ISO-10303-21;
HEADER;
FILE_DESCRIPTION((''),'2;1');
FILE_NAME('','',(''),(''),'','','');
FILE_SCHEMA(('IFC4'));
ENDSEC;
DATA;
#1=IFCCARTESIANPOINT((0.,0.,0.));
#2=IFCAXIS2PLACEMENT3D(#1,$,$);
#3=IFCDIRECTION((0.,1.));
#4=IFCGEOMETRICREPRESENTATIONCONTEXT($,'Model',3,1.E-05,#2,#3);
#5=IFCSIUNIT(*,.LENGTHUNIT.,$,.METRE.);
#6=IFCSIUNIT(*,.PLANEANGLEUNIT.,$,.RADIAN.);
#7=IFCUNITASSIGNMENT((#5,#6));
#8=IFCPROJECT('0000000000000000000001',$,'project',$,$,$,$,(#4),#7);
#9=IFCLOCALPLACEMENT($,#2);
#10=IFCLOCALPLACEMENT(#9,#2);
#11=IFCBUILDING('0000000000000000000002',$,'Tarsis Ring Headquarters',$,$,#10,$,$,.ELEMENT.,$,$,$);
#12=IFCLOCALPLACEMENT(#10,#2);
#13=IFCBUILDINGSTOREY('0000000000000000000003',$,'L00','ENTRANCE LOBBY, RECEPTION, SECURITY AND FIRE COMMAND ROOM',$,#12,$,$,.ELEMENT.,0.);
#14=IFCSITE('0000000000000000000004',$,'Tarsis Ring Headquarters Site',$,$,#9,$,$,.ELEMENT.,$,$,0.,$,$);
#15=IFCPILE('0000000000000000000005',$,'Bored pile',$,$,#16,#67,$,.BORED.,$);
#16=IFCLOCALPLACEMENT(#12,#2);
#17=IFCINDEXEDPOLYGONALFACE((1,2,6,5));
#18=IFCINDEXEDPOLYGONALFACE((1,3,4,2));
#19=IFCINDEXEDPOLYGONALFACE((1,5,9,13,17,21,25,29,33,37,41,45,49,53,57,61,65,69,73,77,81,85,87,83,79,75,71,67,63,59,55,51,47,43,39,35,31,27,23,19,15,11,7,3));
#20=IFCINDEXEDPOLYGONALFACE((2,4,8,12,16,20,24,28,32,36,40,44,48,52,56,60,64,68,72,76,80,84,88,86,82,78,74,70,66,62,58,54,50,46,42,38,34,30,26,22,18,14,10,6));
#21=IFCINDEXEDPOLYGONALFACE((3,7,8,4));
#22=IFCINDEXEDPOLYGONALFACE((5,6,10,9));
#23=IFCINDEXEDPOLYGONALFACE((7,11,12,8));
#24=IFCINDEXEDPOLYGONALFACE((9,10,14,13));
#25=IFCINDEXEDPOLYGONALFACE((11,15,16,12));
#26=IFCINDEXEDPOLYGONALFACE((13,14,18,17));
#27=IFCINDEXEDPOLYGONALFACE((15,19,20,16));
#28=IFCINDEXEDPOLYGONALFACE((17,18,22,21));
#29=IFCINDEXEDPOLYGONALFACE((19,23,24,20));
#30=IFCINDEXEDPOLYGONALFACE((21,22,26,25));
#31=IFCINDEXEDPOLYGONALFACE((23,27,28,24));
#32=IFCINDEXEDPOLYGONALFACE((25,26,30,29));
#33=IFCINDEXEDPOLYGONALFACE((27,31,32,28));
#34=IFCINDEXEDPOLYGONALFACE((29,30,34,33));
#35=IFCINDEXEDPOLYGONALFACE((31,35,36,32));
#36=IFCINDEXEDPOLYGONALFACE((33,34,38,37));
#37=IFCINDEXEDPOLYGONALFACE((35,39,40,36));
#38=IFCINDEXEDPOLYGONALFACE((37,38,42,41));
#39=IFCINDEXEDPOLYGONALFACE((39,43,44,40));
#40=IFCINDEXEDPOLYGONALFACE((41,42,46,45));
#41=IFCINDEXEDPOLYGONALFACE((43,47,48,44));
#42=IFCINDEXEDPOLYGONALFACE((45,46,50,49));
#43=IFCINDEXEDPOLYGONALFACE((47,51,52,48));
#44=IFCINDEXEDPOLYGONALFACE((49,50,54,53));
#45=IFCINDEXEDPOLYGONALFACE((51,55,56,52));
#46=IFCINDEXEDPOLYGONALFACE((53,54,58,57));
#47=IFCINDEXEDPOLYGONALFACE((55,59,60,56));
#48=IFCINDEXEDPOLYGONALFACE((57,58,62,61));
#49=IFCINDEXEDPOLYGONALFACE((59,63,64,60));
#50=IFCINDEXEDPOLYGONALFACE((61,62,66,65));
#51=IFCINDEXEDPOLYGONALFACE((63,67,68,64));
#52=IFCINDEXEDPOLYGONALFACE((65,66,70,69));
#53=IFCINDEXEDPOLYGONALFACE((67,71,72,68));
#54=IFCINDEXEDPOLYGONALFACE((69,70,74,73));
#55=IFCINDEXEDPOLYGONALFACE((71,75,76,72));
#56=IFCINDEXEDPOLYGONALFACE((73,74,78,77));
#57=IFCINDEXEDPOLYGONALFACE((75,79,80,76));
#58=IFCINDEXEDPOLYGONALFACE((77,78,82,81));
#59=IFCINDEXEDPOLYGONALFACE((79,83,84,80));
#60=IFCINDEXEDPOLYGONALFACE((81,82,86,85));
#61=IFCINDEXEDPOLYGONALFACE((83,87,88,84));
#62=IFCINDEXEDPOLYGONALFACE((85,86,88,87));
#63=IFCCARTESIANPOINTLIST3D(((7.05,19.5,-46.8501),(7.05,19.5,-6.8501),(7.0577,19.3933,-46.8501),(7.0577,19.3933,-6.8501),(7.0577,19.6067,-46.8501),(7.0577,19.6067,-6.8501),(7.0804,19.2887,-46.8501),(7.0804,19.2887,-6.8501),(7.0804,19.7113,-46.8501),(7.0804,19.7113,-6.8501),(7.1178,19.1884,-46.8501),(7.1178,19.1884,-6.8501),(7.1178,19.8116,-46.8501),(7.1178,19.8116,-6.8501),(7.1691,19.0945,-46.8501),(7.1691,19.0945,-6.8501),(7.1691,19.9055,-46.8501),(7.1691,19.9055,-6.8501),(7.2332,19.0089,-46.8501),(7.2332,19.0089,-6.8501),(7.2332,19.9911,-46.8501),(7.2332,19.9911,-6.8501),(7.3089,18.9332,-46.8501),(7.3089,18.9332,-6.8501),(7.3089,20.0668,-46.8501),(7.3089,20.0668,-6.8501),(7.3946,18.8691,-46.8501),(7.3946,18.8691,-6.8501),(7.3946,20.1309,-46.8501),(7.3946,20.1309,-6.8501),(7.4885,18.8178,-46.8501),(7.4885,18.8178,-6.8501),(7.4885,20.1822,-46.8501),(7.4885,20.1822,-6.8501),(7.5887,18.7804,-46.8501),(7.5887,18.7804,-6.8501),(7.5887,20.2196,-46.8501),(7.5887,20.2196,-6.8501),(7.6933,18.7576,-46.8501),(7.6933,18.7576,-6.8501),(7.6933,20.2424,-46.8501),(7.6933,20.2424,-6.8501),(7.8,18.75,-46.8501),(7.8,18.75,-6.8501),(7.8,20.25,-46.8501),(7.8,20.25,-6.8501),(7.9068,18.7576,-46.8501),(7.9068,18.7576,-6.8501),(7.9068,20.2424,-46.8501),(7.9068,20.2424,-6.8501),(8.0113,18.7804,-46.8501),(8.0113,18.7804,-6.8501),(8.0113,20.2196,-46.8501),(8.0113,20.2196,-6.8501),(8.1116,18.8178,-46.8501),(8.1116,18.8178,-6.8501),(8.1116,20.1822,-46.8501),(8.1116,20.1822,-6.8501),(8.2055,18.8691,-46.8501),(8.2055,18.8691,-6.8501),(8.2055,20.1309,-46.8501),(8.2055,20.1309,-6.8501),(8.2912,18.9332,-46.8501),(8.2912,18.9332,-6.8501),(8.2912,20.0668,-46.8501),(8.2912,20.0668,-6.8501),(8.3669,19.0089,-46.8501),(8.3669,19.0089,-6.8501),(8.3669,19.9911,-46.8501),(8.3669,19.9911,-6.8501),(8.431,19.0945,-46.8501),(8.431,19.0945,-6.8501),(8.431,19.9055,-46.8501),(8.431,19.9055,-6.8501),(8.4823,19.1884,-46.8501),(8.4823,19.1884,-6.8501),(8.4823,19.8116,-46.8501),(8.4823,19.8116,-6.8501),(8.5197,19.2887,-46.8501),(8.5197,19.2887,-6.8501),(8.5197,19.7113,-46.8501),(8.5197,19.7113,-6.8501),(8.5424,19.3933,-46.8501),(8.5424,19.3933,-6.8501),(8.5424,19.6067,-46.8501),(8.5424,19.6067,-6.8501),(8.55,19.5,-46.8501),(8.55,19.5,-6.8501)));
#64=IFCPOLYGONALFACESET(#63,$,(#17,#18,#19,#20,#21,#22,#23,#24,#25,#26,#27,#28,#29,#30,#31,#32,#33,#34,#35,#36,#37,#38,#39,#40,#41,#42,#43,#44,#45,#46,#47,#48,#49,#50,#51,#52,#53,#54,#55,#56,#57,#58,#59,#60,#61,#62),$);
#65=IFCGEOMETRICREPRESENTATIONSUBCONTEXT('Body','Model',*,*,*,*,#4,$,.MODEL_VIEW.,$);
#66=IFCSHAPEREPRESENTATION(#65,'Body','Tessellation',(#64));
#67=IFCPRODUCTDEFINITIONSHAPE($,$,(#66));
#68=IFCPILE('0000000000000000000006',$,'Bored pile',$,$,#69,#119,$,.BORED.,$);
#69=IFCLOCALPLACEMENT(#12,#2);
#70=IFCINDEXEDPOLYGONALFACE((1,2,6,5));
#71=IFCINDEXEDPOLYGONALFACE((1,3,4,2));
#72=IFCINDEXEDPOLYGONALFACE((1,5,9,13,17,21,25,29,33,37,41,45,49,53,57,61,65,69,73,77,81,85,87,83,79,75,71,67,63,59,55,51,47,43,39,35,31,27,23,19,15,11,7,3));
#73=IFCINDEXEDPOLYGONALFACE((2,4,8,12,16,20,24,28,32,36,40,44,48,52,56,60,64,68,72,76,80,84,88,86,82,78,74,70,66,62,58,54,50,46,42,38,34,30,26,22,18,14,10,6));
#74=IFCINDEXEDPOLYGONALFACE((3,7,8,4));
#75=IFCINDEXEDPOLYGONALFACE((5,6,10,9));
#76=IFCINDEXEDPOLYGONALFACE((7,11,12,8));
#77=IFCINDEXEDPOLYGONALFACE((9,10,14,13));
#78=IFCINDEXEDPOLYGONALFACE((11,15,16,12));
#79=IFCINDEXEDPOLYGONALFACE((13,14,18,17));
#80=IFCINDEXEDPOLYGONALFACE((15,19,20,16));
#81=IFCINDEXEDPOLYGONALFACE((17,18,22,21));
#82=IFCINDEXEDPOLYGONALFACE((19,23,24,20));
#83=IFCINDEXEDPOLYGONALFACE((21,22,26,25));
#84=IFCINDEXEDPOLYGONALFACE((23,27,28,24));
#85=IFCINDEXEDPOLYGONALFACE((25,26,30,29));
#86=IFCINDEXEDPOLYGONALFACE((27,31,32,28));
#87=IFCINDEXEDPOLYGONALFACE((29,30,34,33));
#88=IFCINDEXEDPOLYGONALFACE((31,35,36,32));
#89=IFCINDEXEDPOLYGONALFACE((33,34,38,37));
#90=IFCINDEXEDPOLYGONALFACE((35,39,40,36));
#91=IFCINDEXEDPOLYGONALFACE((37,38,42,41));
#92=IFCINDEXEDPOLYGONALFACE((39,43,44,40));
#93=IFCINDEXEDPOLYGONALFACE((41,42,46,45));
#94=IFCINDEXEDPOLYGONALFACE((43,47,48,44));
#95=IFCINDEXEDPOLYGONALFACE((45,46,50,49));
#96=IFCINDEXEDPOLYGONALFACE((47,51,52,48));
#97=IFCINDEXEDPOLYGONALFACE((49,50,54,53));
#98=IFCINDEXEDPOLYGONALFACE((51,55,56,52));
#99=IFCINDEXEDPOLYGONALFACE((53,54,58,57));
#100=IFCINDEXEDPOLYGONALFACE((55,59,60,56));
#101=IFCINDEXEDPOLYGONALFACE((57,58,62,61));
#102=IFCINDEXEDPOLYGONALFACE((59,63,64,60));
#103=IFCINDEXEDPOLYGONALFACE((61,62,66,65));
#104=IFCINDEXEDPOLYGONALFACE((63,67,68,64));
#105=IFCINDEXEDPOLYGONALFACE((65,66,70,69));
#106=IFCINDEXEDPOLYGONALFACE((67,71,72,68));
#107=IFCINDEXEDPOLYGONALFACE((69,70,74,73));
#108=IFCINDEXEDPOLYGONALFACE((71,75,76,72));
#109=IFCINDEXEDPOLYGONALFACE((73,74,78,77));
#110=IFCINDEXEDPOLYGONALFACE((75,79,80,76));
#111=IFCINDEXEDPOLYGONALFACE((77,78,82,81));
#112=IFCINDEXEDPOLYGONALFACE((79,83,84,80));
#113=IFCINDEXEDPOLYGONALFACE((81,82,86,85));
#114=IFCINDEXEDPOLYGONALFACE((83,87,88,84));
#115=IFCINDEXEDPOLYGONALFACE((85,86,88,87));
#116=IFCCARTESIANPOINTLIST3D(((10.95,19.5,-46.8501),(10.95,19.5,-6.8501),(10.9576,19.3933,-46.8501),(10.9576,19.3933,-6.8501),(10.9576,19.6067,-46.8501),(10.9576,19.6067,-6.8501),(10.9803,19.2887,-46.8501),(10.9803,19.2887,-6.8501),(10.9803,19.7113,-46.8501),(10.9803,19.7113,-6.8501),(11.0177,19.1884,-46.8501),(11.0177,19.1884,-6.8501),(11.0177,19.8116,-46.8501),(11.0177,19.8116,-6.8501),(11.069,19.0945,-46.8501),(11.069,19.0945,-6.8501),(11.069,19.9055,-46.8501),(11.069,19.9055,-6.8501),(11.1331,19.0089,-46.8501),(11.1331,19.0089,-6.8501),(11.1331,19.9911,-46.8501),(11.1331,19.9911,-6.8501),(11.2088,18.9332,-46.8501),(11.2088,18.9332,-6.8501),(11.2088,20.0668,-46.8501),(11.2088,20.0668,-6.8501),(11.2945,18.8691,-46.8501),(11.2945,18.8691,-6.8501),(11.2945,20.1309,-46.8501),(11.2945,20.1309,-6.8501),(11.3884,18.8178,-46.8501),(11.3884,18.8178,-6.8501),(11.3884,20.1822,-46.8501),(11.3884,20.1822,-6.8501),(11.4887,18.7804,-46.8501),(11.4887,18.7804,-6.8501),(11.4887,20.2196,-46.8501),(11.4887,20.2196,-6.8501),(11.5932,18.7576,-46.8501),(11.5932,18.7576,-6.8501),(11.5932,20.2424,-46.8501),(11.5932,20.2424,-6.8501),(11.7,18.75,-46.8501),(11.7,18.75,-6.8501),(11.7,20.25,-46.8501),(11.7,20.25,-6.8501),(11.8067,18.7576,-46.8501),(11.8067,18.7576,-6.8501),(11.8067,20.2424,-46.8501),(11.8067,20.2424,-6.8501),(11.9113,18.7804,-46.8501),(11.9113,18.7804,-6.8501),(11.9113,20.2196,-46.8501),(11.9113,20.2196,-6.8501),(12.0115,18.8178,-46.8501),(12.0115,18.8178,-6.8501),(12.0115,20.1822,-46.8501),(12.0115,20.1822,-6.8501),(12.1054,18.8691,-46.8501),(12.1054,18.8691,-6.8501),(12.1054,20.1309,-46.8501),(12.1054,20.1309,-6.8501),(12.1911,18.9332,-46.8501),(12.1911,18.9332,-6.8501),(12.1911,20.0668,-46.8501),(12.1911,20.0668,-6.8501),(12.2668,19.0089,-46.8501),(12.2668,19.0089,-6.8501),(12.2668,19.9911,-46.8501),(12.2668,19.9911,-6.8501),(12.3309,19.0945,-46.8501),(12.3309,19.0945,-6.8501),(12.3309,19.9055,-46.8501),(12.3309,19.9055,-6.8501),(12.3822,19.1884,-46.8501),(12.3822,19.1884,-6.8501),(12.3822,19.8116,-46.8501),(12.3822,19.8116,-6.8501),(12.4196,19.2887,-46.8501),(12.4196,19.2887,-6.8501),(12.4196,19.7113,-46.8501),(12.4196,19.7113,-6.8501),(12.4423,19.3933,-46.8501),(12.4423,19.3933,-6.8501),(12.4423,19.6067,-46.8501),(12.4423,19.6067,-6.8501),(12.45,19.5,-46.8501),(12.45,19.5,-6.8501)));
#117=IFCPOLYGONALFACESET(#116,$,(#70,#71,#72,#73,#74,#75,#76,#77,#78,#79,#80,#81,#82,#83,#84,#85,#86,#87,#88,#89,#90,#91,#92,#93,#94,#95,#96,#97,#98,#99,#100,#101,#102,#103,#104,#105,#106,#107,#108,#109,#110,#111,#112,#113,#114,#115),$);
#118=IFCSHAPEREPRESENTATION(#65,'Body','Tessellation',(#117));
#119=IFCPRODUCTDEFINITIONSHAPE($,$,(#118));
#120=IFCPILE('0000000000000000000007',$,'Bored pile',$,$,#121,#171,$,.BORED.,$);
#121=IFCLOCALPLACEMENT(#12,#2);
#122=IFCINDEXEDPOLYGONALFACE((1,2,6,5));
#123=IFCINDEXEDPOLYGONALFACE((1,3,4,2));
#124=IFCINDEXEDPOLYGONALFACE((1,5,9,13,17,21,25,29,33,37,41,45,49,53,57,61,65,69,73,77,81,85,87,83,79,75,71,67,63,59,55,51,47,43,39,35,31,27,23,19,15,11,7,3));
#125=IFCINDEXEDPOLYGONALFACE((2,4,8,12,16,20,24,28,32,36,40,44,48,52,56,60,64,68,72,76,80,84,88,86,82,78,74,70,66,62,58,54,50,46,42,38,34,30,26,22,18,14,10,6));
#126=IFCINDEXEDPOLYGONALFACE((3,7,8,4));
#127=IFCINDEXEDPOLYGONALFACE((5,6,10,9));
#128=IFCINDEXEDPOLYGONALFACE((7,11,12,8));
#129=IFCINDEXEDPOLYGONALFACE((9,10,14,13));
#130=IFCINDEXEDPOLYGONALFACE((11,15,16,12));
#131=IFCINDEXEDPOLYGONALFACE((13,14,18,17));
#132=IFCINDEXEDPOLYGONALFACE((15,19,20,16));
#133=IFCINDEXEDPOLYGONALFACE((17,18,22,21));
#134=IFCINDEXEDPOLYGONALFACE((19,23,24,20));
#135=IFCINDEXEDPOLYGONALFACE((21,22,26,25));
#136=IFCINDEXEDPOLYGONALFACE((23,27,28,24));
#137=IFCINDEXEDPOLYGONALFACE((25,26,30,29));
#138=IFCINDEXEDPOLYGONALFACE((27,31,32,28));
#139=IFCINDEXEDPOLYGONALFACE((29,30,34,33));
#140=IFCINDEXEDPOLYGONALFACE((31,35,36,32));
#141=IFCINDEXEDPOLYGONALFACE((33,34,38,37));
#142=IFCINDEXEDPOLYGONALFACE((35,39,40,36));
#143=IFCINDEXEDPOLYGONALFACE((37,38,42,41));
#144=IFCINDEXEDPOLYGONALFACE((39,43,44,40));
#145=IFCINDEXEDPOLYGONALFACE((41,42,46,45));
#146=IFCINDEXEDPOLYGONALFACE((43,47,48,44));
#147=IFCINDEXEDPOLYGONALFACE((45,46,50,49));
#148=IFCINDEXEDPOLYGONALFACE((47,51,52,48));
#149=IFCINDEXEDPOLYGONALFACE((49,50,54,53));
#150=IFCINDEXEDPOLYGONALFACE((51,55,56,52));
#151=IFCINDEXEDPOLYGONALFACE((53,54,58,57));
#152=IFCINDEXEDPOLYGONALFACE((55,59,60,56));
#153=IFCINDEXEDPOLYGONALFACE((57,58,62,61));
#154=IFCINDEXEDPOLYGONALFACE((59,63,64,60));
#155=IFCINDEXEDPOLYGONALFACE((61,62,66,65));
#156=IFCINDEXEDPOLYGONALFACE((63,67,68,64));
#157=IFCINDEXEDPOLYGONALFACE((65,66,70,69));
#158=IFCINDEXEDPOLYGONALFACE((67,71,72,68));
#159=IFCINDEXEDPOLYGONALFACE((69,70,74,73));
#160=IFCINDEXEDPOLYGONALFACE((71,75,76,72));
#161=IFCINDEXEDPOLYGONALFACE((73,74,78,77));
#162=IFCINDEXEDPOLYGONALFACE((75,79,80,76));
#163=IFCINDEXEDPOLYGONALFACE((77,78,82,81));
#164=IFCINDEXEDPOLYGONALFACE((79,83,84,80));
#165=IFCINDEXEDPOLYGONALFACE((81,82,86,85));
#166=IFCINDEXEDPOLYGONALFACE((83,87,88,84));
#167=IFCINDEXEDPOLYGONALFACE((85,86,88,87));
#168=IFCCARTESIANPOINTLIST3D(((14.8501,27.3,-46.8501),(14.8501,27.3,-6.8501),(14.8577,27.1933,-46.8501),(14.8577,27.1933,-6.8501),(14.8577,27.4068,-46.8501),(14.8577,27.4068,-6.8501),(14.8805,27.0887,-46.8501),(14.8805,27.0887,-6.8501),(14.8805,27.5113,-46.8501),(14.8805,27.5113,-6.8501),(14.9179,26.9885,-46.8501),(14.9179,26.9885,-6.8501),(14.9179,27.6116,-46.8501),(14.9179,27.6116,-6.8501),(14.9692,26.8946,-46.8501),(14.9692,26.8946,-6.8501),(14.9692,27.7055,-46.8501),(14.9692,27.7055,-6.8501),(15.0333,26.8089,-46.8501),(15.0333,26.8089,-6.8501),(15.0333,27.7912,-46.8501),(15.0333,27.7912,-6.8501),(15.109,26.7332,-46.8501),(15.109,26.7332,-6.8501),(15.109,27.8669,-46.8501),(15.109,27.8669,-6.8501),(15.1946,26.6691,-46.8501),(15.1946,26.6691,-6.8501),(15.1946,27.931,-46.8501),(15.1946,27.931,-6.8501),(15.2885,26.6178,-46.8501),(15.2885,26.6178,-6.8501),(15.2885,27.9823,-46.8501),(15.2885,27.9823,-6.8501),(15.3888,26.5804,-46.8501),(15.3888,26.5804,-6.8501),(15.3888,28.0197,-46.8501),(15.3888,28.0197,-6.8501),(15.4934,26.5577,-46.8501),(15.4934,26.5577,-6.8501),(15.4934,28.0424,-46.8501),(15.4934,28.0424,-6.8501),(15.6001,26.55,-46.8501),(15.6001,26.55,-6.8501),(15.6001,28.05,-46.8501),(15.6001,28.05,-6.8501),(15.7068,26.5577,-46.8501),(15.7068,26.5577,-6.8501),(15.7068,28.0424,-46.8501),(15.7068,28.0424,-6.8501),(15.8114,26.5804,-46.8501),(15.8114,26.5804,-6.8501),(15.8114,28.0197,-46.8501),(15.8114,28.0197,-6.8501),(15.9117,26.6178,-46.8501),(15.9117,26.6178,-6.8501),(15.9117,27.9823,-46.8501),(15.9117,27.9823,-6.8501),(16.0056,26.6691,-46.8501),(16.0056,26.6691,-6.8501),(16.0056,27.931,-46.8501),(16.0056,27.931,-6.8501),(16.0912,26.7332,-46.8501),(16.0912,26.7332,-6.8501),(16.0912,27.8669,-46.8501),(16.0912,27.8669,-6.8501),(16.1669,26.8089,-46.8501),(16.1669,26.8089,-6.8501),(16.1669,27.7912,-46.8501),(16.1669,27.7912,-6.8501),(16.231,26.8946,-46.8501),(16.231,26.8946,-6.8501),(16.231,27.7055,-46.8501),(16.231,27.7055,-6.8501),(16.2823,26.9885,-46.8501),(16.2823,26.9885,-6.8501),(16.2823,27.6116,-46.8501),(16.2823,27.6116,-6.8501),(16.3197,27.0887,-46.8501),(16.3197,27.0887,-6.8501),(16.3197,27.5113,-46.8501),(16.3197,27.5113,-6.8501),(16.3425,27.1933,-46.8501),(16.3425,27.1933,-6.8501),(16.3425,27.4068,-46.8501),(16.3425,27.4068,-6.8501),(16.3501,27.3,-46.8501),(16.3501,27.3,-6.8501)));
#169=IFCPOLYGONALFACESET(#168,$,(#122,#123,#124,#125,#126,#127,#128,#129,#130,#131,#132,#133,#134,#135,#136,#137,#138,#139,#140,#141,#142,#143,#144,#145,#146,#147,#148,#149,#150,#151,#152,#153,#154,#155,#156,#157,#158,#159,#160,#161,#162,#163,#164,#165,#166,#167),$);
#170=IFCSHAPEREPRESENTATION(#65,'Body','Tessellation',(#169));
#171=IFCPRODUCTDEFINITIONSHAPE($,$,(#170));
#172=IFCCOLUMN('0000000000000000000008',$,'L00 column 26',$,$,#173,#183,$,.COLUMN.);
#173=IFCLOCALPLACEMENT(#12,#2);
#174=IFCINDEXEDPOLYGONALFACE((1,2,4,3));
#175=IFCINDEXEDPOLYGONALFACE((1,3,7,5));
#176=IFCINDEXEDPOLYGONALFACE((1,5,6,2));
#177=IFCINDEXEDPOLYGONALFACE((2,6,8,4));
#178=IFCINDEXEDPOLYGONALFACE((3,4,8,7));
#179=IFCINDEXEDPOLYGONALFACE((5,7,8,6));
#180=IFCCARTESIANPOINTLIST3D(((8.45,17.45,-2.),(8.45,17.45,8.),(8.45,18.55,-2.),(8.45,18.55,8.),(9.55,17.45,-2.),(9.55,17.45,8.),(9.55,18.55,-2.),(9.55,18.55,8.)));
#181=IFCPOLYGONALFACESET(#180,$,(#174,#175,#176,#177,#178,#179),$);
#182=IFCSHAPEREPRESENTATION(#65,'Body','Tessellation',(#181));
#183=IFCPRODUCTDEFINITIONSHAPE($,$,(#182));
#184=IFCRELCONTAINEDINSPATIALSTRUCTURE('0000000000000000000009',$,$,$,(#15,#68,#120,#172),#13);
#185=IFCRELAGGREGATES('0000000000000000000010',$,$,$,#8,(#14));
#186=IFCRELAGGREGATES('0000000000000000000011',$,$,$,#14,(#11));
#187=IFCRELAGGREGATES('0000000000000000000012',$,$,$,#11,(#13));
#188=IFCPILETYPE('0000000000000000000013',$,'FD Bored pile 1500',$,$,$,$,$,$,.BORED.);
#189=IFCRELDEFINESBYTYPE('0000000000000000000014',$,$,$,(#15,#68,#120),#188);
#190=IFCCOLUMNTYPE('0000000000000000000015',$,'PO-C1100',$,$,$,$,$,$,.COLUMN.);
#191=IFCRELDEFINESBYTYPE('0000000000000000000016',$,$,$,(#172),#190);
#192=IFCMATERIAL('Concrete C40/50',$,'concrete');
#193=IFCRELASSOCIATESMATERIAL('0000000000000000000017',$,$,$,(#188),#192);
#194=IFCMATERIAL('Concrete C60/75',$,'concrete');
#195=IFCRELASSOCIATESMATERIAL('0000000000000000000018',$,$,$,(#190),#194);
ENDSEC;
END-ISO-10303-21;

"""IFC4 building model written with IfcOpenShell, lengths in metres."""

from ifc_helpers import new_model, si_unit, direction, frame, origin, origin_2d, place, context, subcontext, project, spatial, rectangle, circle, extrude, material, material_profile, profile_set, type_object, element, save


model = new_model("IFC4")

# Units and contexts
model_context = context("Model", 3, precision=1e-05, world=origin(), true_north=direction((0.0, 1.0)))
body_context = subcontext(model_context, "Body", "Model", "MODEL_VIEW")
ifc_project = project(units=[si_unit("LENGTHUNIT", "METRE"), si_unit("PLANEANGLEUNIT", "RADIAN")], contexts=[model_context])

# Site, building, storey
site_placement = place(None, origin())
site = spatial("IfcSite", under=ifc_project, at=site_placement, Name="Tarsis Ring Headquarters Site", CompositionType="ELEMENT", RefElevation=0.0)
building_placement = place(site_placement, origin())
building = spatial("IfcBuilding", under=site, at=building_placement, Name="Tarsis Ring Headquarters", CompositionType="ELEMENT")
storey_placement = place(building_placement, origin())
storey = spatial("IfcBuildingStorey", under=building, at=storey_placement, Name="L00", Description="ENTRANCE LOBBY, RECEPTION, SECURITY AND FIRE COMMAND ROOM", CompositionType="ELEMENT", Elevation=0.0)

# Piles
ifc_material_1 = material(Name="Concrete C40/50", Category="concrete")
ifc_material_profile_1 = material_profile(ifc_material_1, circle(Radius=0.75, at=origin_2d()), Name="BORED 1500")
ifc_profile_set_1 = profile_set([ifc_material_profile_1], Name="Concrete C40/50")
pile_type = type_object("IfcPileType", Name="FD Bored pile 1500", PredefinedType="BORED", material=ifc_profile_set_1)
for number, where, z_axis, x_axis, name in (
    (1, (7.8, 19.5, -6.8501), (0.0, 0.0, -1.0), (1.0, 0.0, 0.0), "Bored pile"),
    (2, (11.7, 19.5, -6.8501), (0.0, 0.0, -1.0), (1.0, 0.0, 0.0), "Bored pile"),
    (3, (15.6001, 27.3, -6.8501), (0.0, 0.0, -1.0), (1.0, 0.0, 0.0), "Bored pile"),
):
    element("IfcPile", number, at=place(storey_placement, frame(where, z_axis=z_axis, x_axis=x_axis)), inside=storey, type_object=pile_type, Name=name, PredefinedType="BORED", context=body_context, shape_type="SweptSolid", body=[
        extrude(circle(Radius=0.75, at=origin_2d()), origin(), (0.0, 0.0, 1.0), 40.0),
    ])

# Column
ifc_material_2 = material(Name="Concrete C60/75", Category="concrete")
ifc_material_profile_2 = material_profile(ifc_material_2, rectangle(XDim=1.1001, YDim=1.1001, at=origin_2d()), Name="PO-C1100")
ifc_profile_set_2 = profile_set([ifc_material_profile_2], Name="Concrete C60/75")
column_type_1 = type_object("IfcColumnType", Name="PO-C1100", PredefinedType="COLUMN", material=ifc_profile_set_2)
column_1_placement = place(storey_placement, frame((9.0, 18.0, -2.0), z_axis=(0.0, 0.0, 1.0), x_axis=(1.0, 0.0, 0.0)))
element("IfcColumn", 4, at=column_1_placement, inside=storey, type_object=column_type_1, Name="L00 column 26", PredefinedType="COLUMN", context=body_context, shape_type="SweptSolid", body=[
    extrude(rectangle(XDim=1.1001, YDim=1.1001, at=origin_2d()), origin(), (0.0, 0.0, 1.0), 10.0),
])

save(model, "model.ifc")
